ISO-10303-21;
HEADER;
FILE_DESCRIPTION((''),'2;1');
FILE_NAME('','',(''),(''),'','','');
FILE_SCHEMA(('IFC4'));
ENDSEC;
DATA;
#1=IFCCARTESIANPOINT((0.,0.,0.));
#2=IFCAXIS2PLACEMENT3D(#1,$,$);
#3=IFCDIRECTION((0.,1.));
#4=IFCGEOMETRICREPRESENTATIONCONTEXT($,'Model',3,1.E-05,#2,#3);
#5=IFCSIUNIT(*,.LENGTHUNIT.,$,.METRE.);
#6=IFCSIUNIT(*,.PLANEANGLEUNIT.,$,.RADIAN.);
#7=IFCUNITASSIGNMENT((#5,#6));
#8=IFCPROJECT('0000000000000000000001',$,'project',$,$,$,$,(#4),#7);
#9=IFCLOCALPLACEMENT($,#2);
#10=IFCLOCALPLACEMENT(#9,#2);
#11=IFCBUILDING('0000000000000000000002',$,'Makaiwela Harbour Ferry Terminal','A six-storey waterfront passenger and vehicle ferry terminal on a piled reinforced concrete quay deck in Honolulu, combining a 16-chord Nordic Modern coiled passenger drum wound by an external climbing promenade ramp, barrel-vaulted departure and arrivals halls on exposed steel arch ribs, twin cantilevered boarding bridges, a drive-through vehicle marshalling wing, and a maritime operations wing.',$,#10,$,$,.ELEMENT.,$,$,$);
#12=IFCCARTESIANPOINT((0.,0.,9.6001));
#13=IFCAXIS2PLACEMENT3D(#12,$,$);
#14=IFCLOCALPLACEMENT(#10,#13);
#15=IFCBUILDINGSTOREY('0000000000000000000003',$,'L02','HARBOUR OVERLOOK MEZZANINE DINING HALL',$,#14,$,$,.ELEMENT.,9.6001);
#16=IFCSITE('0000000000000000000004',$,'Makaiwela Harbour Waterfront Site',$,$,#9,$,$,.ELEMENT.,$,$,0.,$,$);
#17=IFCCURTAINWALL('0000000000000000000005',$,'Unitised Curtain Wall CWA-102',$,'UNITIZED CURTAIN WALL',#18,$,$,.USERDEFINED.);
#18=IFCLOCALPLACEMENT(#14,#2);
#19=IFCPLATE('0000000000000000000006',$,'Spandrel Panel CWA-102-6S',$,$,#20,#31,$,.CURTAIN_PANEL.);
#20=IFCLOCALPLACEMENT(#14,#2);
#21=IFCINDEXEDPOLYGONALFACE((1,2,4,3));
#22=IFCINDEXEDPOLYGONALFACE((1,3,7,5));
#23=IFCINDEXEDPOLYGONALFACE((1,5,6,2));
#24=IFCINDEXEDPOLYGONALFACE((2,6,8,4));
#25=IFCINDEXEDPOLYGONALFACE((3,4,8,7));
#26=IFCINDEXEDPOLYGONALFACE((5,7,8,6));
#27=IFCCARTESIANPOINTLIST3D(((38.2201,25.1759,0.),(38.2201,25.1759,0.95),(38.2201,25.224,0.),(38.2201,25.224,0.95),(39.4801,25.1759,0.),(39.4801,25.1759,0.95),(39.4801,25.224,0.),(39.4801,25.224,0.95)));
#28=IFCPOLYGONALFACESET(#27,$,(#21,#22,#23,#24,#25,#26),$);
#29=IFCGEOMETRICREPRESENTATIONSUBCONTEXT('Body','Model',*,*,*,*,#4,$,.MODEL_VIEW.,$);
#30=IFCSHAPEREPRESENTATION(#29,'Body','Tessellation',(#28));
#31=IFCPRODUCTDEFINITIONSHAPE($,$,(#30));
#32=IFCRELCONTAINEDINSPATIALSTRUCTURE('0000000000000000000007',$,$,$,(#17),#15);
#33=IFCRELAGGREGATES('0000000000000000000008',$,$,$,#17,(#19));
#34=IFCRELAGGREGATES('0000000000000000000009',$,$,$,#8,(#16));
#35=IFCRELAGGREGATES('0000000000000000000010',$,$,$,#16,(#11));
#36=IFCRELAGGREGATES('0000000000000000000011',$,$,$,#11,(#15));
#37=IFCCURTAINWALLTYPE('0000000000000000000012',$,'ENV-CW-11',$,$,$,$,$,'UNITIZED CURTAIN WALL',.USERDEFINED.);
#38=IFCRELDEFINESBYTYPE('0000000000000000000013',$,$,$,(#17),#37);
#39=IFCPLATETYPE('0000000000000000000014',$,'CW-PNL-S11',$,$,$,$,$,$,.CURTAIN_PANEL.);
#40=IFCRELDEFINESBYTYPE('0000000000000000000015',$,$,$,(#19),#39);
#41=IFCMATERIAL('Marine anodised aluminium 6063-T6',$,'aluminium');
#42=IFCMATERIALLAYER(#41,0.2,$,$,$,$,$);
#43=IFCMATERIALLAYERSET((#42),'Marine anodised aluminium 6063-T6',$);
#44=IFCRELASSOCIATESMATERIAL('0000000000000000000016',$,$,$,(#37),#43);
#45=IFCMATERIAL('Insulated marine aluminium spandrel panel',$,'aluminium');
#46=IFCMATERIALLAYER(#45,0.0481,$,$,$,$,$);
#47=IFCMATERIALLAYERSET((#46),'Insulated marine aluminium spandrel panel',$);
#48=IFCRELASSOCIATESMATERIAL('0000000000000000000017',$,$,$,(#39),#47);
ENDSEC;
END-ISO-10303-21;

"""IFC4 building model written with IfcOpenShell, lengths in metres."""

from ifc_helpers import new_model, si_unit, direction, frame, origin, origin_2d, place, context, subcontext, project, spatial, rectangle, extrude, material, layer, layer_set, type_object, element, aggregate, save


model = new_model("IFC4")

# Units and contexts
model_context = context("Model", 3, precision=1e-05, world=origin(), true_north=direction((0.0, 1.0)))
body_context = subcontext(model_context, "Body", "Model", "MODEL_VIEW")
ifc_project = project(units=[si_unit("LENGTHUNIT", "METRE"), si_unit("PLANEANGLEUNIT", "RADIAN")], contexts=[model_context])

# Site, building, storey
site_placement = place(None, origin())
site = spatial("IfcSite", under=ifc_project, at=site_placement, Name="Makaiwela Harbour Waterfront Site", CompositionType="ELEMENT", RefElevation=0.0)
building_placement = place(site_placement, origin())
building = spatial("IfcBuilding", under=site, at=building_placement, Name="Makaiwela Harbour Ferry Terminal", Description="A six-storey waterfront passenger and vehicle ferry terminal on a piled reinforced concrete quay deck in Honolulu, combining a 16-chord Nordic Modern coiled passenger drum wound by an external climbing promenade ramp, barrel-vaulted departure and arrivals halls on exposed steel arch ribs, twin cantilevered boarding bridges, a drive-through vehicle marshalling wing, and a maritime operations wing.", CompositionType="ELEMENT")
storey_placement = place(building_placement, frame((0.0, 0.0, 9.6001)))
storey = spatial("IfcBuildingStorey", under=building, at=storey_placement, Name="L02", Description="HARBOUR OVERLOOK MEZZANINE DINING HALL", CompositionType="ELEMENT", Elevation=9.6001)

# Curtain wall
ifc_material_1 = material(Name="Marine anodised aluminium 6063-T6", Category="aluminium")
ifc_layer_1 = layer(ifc_material_1, 0.2)
ifc_layer_set_1 = layer_set([ifc_layer_1], Name="Marine anodised aluminium 6063-T6")
curtain_wall_type = type_object("IfcCurtainWallType", Name="ENV-CW-11", ElementType="UNITIZED CURTAIN WALL", PredefinedType="USERDEFINED", material=ifc_layer_set_1)
curtain_wall_1_placement = place(storey_placement, origin())
curtain_wall_1 = element("IfcCurtainWall", 1, at=curtain_wall_1_placement, inside=storey, type_object=curtain_wall_type, Name="Unitised Curtain Wall CWA-102", ObjectType="UNITIZED CURTAIN WALL", PredefinedType="USERDEFINED")

# Plate
ifc_material_2 = material(Name="Insulated marine aluminium spandrel panel", Category="aluminium")
ifc_layer_2 = layer(ifc_material_2, 0.0481)
ifc_layer_set_2 = layer_set([ifc_layer_2], Name="Insulated marine aluminium spandrel panel")
plate_type_1 = type_object("IfcPlateType", Name="CW-PNL-S11", PredefinedType="CURTAIN_PANEL", material=ifc_layer_set_2)
plate_1_placement = place(storey_placement, frame((38.8501, 25.2, 0.0), z_axis=(0.0, 0.0, 1.0), x_axis=(-1.0, 0.0, 0.0)))
plate_1 = element("IfcPlate", 2, at=plate_1_placement, type_object=plate_type_1, Name="Spandrel Panel CWA-102-6S", PredefinedType="CURTAIN_PANEL", context=body_context, shape_type="SweptSolid", body=[
    extrude(rectangle(XDim=1.26, YDim=0.0481, at=origin_2d()), origin(), (0.0, 0.0, 1.0), 0.95),
])
aggregate(curtain_wall_1, [plate_1])

save(model, "model.ifc")
